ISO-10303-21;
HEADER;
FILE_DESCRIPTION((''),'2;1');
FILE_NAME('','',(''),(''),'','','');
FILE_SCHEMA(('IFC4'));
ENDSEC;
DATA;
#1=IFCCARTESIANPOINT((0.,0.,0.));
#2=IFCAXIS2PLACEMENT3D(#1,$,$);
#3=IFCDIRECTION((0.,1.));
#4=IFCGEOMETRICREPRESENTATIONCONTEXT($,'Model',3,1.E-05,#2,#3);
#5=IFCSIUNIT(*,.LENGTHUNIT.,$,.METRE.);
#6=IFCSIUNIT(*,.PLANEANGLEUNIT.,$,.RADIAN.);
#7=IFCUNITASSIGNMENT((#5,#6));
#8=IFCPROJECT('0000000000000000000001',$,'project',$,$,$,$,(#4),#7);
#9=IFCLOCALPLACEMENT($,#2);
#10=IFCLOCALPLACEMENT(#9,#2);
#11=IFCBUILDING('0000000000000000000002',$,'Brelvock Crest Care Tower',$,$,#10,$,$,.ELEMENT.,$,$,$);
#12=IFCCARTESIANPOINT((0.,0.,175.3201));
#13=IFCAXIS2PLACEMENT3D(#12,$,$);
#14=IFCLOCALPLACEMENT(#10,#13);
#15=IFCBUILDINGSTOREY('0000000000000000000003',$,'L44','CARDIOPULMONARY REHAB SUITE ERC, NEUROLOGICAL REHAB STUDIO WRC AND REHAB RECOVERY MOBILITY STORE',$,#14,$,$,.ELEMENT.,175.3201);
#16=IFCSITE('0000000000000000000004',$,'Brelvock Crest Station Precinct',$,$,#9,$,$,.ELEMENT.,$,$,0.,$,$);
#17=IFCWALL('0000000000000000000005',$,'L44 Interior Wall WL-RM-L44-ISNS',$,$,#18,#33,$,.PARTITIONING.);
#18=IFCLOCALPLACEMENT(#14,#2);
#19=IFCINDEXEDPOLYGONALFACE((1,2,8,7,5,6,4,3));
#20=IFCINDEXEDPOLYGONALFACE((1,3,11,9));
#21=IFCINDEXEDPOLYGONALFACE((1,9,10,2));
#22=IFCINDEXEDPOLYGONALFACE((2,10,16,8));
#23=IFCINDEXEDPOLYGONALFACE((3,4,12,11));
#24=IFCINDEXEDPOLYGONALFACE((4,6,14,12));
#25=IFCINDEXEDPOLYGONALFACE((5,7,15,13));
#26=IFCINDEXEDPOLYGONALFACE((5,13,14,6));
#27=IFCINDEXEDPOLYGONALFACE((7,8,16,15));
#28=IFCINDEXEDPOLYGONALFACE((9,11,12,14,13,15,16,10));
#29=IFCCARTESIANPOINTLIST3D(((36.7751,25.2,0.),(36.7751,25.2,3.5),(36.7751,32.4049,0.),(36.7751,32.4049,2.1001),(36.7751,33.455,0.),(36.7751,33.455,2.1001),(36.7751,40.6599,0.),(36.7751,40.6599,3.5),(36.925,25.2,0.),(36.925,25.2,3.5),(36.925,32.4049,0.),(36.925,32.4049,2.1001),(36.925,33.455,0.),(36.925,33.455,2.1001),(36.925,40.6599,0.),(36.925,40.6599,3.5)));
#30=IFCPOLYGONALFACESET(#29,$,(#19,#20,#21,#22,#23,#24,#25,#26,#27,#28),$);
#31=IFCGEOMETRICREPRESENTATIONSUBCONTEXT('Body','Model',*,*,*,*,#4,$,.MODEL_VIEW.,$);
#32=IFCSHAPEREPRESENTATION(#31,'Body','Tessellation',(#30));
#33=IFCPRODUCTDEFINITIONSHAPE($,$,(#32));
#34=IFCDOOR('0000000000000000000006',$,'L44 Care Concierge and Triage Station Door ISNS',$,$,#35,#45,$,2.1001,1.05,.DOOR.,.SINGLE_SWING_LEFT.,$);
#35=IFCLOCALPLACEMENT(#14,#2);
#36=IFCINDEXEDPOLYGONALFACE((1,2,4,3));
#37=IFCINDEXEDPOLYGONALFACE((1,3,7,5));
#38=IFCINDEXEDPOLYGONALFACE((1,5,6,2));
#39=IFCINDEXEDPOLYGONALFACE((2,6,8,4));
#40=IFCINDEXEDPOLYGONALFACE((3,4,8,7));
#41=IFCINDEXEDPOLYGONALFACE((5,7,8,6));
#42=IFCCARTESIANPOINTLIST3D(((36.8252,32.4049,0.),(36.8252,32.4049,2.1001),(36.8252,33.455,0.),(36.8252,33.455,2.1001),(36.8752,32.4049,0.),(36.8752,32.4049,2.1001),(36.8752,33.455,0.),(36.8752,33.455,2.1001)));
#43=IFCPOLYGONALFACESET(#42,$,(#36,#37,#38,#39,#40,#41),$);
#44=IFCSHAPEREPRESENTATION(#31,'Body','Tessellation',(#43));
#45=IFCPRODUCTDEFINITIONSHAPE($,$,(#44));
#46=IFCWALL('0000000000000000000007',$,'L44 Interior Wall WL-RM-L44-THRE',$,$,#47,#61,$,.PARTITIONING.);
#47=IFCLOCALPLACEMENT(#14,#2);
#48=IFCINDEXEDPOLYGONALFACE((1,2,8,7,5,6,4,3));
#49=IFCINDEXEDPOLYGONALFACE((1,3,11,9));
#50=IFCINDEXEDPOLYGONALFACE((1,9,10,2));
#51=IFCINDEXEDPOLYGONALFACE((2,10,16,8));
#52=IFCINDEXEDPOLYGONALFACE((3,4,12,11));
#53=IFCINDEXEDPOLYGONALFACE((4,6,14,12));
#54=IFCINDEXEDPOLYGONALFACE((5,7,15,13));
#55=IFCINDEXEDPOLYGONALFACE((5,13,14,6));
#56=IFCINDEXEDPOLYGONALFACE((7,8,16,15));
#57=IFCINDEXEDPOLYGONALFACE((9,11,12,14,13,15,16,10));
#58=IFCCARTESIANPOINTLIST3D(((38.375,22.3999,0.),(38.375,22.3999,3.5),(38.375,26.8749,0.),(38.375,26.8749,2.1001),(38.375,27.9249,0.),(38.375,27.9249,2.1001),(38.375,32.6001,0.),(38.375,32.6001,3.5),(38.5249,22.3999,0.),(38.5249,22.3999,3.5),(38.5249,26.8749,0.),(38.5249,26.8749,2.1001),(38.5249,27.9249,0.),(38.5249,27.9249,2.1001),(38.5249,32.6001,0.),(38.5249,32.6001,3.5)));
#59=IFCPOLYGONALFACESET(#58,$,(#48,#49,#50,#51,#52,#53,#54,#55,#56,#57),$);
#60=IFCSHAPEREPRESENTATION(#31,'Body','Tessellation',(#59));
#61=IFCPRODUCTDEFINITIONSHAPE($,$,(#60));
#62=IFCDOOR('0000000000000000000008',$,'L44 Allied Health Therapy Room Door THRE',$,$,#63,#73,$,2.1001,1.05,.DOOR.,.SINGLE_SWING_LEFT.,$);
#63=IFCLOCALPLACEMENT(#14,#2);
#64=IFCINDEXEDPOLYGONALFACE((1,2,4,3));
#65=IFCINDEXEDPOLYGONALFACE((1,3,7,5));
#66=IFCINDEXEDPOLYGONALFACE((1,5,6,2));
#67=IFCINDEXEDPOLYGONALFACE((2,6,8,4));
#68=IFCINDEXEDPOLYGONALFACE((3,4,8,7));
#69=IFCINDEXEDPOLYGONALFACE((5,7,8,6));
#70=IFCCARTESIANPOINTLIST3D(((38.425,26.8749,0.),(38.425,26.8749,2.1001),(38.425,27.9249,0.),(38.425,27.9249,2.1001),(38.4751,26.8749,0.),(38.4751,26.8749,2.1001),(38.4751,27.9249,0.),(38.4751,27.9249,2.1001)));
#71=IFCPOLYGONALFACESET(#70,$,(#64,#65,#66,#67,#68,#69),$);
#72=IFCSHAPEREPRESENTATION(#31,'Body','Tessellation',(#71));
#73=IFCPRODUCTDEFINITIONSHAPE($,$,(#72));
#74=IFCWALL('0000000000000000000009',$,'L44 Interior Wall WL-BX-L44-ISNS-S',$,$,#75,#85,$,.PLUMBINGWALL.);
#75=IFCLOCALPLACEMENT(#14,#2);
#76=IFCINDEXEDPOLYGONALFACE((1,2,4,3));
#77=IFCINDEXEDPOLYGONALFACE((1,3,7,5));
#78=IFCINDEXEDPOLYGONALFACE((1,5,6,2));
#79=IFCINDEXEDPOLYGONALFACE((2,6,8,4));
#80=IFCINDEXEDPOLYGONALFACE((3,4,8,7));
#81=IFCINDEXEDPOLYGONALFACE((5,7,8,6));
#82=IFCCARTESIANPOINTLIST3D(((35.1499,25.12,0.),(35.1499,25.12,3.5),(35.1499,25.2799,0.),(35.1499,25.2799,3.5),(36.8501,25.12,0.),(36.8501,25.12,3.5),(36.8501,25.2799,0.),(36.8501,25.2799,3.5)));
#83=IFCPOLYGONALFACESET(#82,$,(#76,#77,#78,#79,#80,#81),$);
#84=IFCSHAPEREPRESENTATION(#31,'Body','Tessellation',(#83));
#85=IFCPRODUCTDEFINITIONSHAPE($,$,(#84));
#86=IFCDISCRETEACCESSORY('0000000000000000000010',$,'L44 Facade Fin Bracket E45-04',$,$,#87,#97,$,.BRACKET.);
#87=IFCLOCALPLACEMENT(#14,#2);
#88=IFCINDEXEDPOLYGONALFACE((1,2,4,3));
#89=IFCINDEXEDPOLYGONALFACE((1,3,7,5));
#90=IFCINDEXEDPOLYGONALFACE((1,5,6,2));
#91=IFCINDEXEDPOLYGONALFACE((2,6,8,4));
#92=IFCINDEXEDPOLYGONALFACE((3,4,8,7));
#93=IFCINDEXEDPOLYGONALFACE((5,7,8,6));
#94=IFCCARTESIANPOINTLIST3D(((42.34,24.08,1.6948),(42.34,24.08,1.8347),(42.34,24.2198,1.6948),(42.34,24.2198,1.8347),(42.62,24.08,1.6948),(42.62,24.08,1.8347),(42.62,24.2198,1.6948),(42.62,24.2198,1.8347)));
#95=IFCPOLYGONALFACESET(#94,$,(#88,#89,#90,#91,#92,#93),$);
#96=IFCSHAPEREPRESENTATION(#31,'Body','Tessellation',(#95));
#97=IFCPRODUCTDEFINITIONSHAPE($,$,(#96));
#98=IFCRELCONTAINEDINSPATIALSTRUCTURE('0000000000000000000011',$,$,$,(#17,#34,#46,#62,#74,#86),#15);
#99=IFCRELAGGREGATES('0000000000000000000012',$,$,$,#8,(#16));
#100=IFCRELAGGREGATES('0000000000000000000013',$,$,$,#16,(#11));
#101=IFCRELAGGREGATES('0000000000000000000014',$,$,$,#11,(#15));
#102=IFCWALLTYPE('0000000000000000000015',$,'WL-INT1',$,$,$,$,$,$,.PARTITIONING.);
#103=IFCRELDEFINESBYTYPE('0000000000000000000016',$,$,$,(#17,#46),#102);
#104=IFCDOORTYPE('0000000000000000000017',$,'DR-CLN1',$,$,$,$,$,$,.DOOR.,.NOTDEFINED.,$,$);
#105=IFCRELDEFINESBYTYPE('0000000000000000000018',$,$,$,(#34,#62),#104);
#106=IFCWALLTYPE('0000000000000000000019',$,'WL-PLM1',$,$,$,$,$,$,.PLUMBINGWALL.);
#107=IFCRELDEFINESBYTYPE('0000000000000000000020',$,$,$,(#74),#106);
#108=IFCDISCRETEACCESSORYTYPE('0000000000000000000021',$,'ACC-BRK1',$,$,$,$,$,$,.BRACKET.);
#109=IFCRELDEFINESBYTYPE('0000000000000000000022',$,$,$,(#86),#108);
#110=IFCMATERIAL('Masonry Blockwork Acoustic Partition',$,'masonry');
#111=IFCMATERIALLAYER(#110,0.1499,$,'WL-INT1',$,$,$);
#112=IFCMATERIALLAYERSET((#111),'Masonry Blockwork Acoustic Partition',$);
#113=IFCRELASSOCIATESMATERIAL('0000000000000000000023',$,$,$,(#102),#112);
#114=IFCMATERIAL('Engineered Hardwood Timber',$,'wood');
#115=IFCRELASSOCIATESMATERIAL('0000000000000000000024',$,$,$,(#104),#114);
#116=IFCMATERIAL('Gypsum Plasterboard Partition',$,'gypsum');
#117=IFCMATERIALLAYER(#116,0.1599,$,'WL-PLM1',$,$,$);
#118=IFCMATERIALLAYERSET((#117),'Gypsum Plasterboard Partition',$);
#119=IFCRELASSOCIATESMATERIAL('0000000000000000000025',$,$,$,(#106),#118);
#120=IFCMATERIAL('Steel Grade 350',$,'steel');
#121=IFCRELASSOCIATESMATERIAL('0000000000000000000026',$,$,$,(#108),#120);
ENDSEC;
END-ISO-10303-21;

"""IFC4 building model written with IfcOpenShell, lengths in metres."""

from ifc_helpers import new_model, si_unit, direction, frame, frame_2d, origin, origin_2d, place, context, subcontext, project, spatial, rectangle, extrude, source, transform, mapped, material, layer, layer_set, type_object, element, fill, save


model = new_model("IFC4")

# Units and contexts
model_context = context("Model", 3, precision=1e-05, world=origin(), true_north=direction((0.0, 1.0)))
body_context = subcontext(model_context, "Body", "Model", "MODEL_VIEW")
ifc_project = project(units=[si_unit("LENGTHUNIT", "METRE"), si_unit("PLANEANGLEUNIT", "RADIAN")], contexts=[model_context])

# Site, building, storey
site_placement = place(None, origin())
site = spatial("IfcSite", under=ifc_project, at=site_placement, Name="Brelvock Crest Station Precinct", CompositionType="ELEMENT", RefElevation=0.0)
building_placement = place(site_placement, origin())
building = spatial("IfcBuilding", under=site, at=building_placement, Name="Brelvock Crest Care Tower", CompositionType="ELEMENT")
storey_placement = place(building_placement, frame((0.0, 0.0, 175.3201)))
storey = spatial("IfcBuildingStorey", under=building, at=storey_placement, Name="L44", Description="CARDIOPULMONARY REHAB SUITE ERC, NEUROLOGICAL REHAB STUDIO WRC AND REHAB RECOVERY MOBILITY STORE", CompositionType="ELEMENT", Elevation=175.3201)

# Shared definitions
ifc_material_1 = material(Name="Masonry Blockwork Acoustic Partition", Category="masonry")
ifc_layer_1 = layer(ifc_material_1, 0.1499, Name="WL-INT1")
ifc_layer_set_1 = layer_set([ifc_layer_1], Name="Masonry Blockwork Acoustic Partition")
wall_type_1 = type_object("IfcWallType", Name="WL-INT1", PredefinedType="PARTITIONING", material=ifc_layer_set_1)

# Walls, openings, doors
wall_1_placement = place(storey_placement, frame((36.8501, 25.2, 0.0), z_axis=(0.0, 0.0, 1.0), x_axis=(0.0, 1.0, 0.0)))
wall_1 = element("IfcWall", 1, at=wall_1_placement, inside=storey, type_object=wall_type_1, Name="L44 Interior Wall WL-RM-L44-ISNS", PredefinedType="PARTITIONING", context=body_context, shape_type="SweptSolid", body=[
    extrude(rectangle(XDim=15.46, YDim=0.1499, at=frame_2d((7.73, 0.0))), origin(), (0.0, 0.0, 1.0), 3.5),
])
opening_1_placement = place(wall_1_placement, frame((7.2051, 0.0, 0.0)))
opening_1 = element("IfcOpeningElement", 2, at=opening_1_placement, cuts=wall_1, PredefinedType="OPENING", context=body_context, shape_type="SweptSolid", body=[
    extrude(rectangle(XDim=1.05, YDim=2.1001, at=origin_2d()), frame((0.5249, 0.085, 1.05), z_axis=(0.0, -1.0, 0.0), x_axis=(1.0, 0.0, 0.0)), (0.0, 0.0, 1.0), 0.1699),
])
ifc_material_2 = material(Name="Engineered Hardwood Timber", Category="wood")
door_type = type_object("IfcDoorType", Name="DR-CLN1", OperationType="NOTDEFINED", PredefinedType="DOOR", material=ifc_material_2)
shared_shape_1 = source(origin(), body_context, "Body", "SweptSolid", [
    extrude(rectangle(XDim=1.05, YDim=2.1001, at=origin_2d()), frame((0.5249, 0.0249, 1.05), z_axis=(0.0, -1.0, 0.0), x_axis=(1.0, 0.0, 0.0)), (0.0, 0.0, 1.0), 0.05),
])
door_1_placement = place(opening_1_placement, origin())
door_1 = element("IfcDoor", 3, at=door_1_placement, inside=storey, type_object=door_type, Name="L44 Care Concierge and Triage Station Door ISNS", OperationType="SINGLE_SWING_LEFT", OverallHeight=2.1001, OverallWidth=1.05, PredefinedType="DOOR", context=body_context, shape_type="MappedRepresentation", body=[
    mapped(shared_shape_1, transform((0.0, 0.0, 0.0), x_axis=(1.0, 0.0, 0.0), y_axis=(0.0, 1.0, 0.0), z_axis=(0.0, 0.0, 1.0), scale=1.0)),
])
fill(opening_1, door_1)
wall_2_placement = place(storey_placement, frame((38.45, 22.3999, 0.0), z_axis=(0.0, 0.0, 1.0), x_axis=(0.0, 1.0, 0.0)))
wall_2 = element("IfcWall", 4, at=wall_2_placement, inside=storey, type_object=wall_type_1, Name="L44 Interior Wall WL-RM-L44-THRE", PredefinedType="PARTITIONING", context=body_context, shape_type="SweptSolid", body=[
    extrude(rectangle(XDim=10.2002, YDim=0.1499, at=frame_2d((5.1001, 0.0))), origin(), (0.0, 0.0, 1.0), 3.5),
])
opening_2_placement = place(wall_2_placement, frame((4.4751, 0.0, 0.0)))
opening_2 = element("IfcOpeningElement", 5, at=opening_2_placement, cuts=wall_2, PredefinedType="OPENING", context=body_context, shape_type="SweptSolid", body=[
    extrude(rectangle(XDim=1.05, YDim=2.1001, at=origin_2d()), frame((0.5249, 0.085, 1.05), z_axis=(0.0, -1.0, 0.0), x_axis=(1.0, 0.0, 0.0)), (0.0, 0.0, 1.0), 0.1699),
])
door_2_placement = place(opening_2_placement, origin())
door_2 = element("IfcDoor", 6, at=door_2_placement, inside=storey, type_object=door_type, Name="L44 Allied Health Therapy Room Door THRE", OperationType="SINGLE_SWING_LEFT", OverallHeight=2.1001, OverallWidth=1.05, PredefinedType="DOOR", context=body_context, shape_type="MappedRepresentation", body=[
    mapped(shared_shape_1, transform((0.0, 0.0, 0.0), x_axis=(1.0, 0.0, 0.0), y_axis=(0.0, 1.0, 0.0), z_axis=(0.0, 0.0, 1.0), scale=1.0)),
])
fill(opening_2, door_2)

# Wall
ifc_material_3 = material(Name="Gypsum Plasterboard Partition", Category="gypsum")
ifc_layer_2 = layer(ifc_material_3, 0.1599, Name="WL-PLM1")
ifc_layer_set_2 = layer_set([ifc_layer_2], Name="Gypsum Plasterboard Partition")
wall_type_2 = type_object("IfcWallType", Name="WL-PLM1", PredefinedType="PLUMBINGWALL", material=ifc_layer_set_2)
wall_3_placement = place(storey_placement, frame((35.1499, 25.2, 0.0), z_axis=(0.0, 0.0, 1.0), x_axis=(1.0, 0.0, 0.0)))
element("IfcWall", 7, at=wall_3_placement, inside=storey, type_object=wall_type_2, Name="L44 Interior Wall WL-BX-L44-ISNS-S", PredefinedType="PLUMBINGWALL", context=body_context, shape_type="SweptSolid", body=[
    extrude(rectangle(XDim=1.7002, YDim=0.1599, at=frame_2d((0.8501, 0.0))), origin(), (0.0, 0.0, 1.0), 3.5),
])

# Discrete accessory
ifc_material_4 = material(Name="Steel Grade 350", Category="steel")
discrete_accessory_type = type_object("IfcDiscreteAccessoryType", Name="ACC-BRK1", PredefinedType="BRACKET", material=ifc_material_4)
shared_shape_2 = source(origin(), body_context, "Body", "SweptSolid", [
    extrude(rectangle(XDim=0.28, YDim=0.1399, at=origin_2d()), origin(), (0.0, 0.0, 1.0), 0.1399),
])
discrete_accessory_placement = place(storey_placement, frame((42.48, 24.1499, 1.6948), z_axis=(0.0, 0.0, 1.0), x_axis=(1.0, 0.0, 0.0)))
element("IfcDiscreteAccessory", 8, at=discrete_accessory_placement, inside=storey, type_object=discrete_accessory_type, Name="L44 Facade Fin Bracket E45-04", PredefinedType="BRACKET", context=body_context, shape_type="MappedRepresentation", body=[
    mapped(shared_shape_2, transform((0.0, 0.0, 0.0), x_axis=(1.0, 0.0, 0.0), y_axis=(0.0, 1.0, 0.0), z_axis=(0.0, 0.0, 1.0), scale=1.0)),
])

save(model, "model.ifc")
